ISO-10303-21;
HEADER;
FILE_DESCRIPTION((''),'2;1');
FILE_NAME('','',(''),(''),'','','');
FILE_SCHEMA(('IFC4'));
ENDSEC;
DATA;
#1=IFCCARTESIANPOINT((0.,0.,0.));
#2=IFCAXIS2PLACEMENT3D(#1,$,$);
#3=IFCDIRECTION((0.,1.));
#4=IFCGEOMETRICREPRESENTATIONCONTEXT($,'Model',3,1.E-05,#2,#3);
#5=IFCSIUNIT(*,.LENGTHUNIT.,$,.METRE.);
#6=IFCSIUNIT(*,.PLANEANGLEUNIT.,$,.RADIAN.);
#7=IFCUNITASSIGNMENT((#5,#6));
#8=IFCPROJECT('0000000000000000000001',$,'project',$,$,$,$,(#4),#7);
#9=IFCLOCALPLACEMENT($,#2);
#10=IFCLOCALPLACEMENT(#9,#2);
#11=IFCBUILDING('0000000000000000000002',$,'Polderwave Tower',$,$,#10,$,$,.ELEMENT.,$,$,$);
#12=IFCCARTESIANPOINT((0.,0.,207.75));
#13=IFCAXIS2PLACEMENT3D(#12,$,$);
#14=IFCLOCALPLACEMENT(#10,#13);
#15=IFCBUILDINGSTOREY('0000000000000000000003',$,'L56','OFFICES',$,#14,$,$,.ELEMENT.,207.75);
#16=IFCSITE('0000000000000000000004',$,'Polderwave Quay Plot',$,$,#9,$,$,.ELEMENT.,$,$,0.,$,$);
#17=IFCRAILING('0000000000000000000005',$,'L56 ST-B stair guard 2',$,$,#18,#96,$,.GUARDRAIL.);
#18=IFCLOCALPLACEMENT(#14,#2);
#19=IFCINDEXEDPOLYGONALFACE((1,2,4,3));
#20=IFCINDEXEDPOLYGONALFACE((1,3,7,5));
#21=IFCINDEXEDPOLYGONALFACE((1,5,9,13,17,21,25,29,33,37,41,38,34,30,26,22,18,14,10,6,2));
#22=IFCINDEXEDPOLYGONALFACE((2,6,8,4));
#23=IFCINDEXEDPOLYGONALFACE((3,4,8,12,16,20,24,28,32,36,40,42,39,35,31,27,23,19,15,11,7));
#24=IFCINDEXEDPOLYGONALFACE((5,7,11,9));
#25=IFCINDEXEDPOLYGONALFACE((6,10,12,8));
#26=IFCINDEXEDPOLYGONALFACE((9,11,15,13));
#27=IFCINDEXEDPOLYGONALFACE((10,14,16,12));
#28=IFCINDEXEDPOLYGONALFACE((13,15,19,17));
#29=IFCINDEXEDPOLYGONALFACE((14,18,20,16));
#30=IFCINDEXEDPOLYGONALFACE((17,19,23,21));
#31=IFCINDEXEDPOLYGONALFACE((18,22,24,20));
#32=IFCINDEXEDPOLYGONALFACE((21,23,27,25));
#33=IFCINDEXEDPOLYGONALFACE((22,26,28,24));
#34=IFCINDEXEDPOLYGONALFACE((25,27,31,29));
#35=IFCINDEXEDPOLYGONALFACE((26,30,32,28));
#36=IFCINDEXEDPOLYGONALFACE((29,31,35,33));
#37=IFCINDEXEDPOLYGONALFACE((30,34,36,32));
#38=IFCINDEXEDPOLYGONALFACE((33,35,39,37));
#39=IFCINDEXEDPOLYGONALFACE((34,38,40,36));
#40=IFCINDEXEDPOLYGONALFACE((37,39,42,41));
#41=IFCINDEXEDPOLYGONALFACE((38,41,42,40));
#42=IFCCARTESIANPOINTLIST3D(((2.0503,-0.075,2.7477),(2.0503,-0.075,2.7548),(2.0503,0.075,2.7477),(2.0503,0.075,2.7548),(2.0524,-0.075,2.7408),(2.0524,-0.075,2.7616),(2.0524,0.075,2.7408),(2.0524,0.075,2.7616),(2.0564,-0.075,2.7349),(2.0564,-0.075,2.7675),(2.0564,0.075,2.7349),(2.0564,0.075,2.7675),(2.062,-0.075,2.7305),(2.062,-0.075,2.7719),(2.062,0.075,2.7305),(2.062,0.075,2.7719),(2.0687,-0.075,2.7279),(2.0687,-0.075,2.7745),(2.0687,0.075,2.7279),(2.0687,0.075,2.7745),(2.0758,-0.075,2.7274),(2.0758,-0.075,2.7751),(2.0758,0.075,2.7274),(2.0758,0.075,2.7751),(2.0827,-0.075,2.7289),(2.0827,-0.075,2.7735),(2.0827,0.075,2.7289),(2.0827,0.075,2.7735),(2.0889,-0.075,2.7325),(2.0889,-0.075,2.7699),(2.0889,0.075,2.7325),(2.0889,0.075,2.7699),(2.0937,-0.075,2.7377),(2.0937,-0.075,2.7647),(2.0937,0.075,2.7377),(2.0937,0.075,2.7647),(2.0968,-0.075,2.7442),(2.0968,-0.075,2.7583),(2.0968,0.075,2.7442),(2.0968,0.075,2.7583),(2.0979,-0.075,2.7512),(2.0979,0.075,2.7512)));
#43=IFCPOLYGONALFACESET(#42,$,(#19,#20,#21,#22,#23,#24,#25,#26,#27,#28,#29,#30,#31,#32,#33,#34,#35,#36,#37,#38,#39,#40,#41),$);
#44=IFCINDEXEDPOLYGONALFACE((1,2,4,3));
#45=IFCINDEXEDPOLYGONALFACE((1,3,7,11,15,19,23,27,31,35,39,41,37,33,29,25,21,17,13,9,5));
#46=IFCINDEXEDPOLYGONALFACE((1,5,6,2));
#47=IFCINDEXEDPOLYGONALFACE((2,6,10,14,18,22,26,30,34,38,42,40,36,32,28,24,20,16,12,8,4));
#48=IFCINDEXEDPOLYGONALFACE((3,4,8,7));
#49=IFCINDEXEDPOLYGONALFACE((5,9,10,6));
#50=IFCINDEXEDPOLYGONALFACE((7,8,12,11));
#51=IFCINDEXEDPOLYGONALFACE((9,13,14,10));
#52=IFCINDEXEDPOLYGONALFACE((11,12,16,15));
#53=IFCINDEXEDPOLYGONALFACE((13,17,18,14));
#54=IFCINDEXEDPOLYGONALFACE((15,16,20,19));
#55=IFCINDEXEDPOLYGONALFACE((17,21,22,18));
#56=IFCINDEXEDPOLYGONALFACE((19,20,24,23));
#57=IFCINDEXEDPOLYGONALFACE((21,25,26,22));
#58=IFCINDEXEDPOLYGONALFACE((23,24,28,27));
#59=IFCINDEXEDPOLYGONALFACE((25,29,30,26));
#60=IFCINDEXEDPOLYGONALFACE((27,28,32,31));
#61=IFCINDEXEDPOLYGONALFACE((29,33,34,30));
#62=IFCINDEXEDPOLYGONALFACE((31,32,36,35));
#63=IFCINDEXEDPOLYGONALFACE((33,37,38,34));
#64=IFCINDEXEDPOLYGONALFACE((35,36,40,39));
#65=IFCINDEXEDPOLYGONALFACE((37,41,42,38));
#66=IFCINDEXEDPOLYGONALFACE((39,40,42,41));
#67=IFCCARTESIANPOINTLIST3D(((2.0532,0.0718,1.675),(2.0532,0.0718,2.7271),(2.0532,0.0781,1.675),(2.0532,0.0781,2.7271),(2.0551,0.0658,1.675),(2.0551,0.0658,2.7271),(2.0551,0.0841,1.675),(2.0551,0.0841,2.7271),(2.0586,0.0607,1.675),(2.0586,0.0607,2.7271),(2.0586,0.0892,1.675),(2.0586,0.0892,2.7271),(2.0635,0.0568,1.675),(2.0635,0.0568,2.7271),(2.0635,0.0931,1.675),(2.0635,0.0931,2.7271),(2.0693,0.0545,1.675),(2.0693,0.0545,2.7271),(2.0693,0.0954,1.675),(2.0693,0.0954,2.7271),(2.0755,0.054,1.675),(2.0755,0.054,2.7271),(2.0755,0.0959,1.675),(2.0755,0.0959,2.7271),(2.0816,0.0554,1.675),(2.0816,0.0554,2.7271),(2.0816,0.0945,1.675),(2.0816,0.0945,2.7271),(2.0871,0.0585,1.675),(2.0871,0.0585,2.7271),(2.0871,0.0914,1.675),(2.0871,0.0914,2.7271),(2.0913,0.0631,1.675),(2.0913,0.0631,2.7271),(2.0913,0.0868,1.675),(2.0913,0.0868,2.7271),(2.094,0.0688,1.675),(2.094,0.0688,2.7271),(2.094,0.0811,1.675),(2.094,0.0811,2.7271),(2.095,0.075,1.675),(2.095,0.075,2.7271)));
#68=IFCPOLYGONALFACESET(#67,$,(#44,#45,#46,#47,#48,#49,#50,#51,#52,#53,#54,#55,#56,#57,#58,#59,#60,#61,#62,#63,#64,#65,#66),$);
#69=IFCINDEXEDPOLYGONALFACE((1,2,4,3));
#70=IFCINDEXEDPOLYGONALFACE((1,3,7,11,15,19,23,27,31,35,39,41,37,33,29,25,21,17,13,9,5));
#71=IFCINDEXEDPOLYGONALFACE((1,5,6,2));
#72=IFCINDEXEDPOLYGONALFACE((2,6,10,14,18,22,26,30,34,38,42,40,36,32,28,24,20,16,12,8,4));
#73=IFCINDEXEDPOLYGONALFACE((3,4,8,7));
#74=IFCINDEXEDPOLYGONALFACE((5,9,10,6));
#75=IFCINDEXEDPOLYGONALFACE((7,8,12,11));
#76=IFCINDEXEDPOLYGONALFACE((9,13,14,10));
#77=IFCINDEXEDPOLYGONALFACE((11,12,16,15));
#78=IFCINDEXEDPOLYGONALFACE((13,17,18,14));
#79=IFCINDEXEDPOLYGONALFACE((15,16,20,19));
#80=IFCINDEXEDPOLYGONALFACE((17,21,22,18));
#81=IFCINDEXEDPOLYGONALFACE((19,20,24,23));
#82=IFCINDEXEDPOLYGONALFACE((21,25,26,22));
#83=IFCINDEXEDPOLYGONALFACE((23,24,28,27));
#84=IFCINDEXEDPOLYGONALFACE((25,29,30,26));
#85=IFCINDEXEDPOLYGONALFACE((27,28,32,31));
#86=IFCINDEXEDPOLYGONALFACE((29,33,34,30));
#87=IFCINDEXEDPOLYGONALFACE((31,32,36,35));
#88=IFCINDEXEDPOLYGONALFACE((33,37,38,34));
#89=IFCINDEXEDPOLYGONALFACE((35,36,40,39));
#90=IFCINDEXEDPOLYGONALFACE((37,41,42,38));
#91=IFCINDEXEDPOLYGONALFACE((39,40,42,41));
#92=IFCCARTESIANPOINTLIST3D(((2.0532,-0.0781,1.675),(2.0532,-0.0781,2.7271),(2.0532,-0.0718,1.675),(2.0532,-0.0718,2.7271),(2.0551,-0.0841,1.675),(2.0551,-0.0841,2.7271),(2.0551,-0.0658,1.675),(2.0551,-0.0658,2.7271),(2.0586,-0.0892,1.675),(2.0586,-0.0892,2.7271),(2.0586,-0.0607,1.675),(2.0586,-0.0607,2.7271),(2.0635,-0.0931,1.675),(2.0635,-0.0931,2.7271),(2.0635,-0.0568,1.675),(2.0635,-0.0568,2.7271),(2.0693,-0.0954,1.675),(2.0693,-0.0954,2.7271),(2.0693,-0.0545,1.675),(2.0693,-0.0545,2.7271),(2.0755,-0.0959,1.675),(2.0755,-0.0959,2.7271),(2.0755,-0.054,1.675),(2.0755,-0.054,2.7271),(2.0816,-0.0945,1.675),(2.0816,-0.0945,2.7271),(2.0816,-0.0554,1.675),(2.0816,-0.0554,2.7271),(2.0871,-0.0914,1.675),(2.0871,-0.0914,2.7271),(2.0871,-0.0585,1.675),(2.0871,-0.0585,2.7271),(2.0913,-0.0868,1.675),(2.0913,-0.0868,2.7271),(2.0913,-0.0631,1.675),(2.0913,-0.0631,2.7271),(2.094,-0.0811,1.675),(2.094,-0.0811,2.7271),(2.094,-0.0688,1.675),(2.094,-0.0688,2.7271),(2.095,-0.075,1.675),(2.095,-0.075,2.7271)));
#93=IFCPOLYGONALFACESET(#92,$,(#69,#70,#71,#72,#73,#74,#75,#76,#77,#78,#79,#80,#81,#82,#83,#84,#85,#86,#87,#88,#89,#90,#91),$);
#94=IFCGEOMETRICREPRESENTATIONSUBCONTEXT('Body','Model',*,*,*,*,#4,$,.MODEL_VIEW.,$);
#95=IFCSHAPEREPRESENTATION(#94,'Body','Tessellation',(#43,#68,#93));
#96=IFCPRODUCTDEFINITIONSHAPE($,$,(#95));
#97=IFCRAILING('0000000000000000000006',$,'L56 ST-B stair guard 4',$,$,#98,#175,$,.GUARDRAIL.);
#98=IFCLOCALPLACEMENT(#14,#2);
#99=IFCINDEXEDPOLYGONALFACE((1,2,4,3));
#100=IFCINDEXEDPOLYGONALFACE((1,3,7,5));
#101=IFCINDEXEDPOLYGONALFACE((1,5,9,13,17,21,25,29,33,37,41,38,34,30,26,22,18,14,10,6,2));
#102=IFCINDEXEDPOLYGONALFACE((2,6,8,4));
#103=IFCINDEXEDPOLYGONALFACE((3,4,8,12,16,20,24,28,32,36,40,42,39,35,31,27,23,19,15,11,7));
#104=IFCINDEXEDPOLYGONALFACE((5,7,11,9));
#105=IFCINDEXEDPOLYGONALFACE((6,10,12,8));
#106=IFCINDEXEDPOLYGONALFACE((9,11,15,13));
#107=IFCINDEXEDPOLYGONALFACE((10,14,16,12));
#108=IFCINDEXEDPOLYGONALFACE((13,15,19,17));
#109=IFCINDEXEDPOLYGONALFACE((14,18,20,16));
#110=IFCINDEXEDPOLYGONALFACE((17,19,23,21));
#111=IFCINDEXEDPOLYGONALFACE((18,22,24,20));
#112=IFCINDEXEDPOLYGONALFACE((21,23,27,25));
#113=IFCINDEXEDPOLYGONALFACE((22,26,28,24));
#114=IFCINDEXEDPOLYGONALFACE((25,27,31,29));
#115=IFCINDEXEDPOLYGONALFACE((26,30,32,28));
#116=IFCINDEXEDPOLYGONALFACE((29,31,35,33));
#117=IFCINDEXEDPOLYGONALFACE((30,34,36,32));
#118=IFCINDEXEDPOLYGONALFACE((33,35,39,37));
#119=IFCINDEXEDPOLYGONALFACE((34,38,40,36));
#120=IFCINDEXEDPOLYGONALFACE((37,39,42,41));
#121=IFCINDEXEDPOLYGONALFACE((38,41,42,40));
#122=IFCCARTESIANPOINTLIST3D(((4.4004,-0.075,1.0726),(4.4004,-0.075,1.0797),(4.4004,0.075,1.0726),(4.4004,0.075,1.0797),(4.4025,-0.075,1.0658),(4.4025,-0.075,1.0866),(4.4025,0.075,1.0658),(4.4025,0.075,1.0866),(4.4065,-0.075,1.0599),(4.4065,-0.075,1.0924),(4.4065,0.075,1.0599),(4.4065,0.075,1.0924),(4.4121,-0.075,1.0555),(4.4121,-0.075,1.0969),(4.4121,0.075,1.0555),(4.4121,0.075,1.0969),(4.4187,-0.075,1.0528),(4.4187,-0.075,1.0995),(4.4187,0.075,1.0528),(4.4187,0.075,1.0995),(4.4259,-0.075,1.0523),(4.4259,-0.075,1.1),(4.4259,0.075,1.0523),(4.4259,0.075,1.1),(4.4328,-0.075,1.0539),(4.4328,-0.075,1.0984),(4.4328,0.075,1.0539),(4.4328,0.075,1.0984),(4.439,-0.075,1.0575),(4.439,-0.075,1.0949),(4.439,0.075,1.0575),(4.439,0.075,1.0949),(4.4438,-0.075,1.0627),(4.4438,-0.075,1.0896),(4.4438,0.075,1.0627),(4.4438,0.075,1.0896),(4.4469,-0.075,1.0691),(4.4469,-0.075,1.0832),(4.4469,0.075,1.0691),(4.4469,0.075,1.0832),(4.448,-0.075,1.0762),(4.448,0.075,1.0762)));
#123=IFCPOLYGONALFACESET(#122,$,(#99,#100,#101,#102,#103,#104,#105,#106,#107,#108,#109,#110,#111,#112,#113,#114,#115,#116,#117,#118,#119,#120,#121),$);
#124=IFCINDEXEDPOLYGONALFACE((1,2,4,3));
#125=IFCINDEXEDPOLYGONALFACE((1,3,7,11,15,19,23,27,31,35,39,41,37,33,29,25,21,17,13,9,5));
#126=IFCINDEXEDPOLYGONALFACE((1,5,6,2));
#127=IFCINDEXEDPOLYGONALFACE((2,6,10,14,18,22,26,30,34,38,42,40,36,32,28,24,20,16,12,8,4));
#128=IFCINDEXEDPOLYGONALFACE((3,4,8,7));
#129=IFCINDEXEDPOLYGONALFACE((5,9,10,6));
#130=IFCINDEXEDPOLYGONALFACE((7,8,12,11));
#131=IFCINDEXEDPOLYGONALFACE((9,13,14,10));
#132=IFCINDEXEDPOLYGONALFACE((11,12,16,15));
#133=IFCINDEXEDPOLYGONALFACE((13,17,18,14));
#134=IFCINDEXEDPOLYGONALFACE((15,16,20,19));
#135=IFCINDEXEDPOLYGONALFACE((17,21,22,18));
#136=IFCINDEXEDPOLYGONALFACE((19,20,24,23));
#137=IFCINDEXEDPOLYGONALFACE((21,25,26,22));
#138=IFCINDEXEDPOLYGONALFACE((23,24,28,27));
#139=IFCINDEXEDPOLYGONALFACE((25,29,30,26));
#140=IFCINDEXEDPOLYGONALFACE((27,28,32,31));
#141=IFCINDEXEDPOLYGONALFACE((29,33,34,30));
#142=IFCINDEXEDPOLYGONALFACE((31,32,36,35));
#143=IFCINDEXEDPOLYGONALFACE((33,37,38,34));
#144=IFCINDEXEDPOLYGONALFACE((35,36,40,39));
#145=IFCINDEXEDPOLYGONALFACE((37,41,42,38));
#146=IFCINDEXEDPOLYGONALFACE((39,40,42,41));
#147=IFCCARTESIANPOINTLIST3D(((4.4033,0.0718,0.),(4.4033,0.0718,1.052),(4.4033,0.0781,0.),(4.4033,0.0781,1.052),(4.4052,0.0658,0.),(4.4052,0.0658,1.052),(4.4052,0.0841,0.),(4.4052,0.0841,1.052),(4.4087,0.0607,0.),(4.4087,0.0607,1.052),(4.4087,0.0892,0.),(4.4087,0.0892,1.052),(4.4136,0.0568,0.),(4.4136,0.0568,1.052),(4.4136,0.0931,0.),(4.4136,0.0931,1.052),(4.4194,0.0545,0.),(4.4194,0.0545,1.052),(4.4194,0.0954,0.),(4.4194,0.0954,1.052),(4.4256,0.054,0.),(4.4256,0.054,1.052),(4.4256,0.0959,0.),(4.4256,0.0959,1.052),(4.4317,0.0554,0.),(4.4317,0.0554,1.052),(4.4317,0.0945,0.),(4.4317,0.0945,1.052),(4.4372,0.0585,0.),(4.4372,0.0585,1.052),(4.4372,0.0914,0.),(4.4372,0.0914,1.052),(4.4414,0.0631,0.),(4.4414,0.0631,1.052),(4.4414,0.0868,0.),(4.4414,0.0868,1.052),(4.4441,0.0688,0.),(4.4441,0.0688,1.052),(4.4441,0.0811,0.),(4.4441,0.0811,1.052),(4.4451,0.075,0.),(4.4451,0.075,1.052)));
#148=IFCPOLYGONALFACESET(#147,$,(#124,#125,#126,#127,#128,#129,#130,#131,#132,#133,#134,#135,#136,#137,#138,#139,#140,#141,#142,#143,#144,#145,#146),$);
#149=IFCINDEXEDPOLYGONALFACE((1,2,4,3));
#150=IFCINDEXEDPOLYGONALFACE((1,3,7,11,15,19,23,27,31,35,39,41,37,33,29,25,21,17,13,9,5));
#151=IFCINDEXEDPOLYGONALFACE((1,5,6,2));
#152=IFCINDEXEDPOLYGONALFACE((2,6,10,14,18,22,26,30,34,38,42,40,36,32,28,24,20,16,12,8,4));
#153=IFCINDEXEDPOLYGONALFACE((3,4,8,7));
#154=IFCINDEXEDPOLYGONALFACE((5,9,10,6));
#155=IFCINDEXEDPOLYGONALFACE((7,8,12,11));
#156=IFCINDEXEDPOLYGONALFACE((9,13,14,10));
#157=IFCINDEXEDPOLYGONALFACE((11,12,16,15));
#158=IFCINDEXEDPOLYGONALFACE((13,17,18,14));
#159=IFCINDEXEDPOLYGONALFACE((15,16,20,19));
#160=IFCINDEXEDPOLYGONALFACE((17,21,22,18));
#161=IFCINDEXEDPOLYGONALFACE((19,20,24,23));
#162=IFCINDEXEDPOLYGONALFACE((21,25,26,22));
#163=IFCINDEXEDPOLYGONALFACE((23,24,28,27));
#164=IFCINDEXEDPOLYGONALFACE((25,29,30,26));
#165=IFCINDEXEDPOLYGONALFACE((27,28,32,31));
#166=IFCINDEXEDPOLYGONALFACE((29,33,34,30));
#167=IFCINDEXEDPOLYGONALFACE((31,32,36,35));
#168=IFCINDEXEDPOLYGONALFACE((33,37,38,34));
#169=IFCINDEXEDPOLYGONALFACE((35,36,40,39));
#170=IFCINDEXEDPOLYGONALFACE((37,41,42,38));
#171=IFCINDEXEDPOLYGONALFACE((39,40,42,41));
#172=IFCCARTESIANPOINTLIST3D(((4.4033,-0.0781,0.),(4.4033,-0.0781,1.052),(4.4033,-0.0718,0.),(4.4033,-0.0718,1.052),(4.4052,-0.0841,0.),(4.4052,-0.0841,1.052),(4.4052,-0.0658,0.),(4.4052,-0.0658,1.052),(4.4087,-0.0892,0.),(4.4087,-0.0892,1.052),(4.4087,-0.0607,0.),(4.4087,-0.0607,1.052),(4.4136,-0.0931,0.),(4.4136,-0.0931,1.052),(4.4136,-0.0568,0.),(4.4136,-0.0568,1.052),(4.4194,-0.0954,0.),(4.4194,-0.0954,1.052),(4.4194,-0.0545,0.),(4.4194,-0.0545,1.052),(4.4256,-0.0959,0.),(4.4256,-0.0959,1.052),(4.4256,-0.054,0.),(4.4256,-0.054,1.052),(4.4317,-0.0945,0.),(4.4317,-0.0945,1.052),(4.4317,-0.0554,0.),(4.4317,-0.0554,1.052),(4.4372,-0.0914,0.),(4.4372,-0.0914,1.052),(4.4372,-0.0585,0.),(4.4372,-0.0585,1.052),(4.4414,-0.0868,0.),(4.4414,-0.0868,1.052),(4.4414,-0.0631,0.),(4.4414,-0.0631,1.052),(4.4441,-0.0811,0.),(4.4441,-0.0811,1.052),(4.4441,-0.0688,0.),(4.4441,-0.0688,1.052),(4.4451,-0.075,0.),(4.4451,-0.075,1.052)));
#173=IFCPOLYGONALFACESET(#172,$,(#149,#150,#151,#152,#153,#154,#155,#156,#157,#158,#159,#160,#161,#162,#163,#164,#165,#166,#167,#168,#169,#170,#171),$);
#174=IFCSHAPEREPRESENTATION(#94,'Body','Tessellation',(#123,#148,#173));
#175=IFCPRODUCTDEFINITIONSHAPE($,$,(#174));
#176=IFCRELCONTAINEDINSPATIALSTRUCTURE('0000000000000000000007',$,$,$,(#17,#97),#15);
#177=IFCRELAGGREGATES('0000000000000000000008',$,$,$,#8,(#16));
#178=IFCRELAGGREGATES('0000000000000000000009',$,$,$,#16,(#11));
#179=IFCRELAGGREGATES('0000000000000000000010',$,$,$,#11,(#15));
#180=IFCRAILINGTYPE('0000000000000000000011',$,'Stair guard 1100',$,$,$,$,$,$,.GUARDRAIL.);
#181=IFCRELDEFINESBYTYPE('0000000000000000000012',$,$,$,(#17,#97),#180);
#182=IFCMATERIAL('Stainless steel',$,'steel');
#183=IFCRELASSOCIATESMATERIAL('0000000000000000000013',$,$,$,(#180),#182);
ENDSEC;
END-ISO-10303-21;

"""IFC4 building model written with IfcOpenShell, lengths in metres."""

from ifc_helpers import new_model, si_unit, direction, frame, origin, origin_2d, place, context, subcontext, project, spatial, circle, extrude, material, type_object, element, save


model = new_model("IFC4")

# Units and contexts
model_context = context("Model", 3, precision=1e-05, world=origin(), true_north=direction((0.0, 1.0)))
body_context = subcontext(model_context, "Body", "Model", "MODEL_VIEW")
ifc_project = project(units=[si_unit("LENGTHUNIT", "METRE"), si_unit("PLANEANGLEUNIT", "RADIAN")], contexts=[model_context])

# Site, building, storey
site_placement = place(None, origin())
site = spatial("IfcSite", under=ifc_project, at=site_placement, Name="Polderwave Quay Plot", CompositionType="ELEMENT", RefElevation=0.0)
building_placement = place(site_placement, origin())
building = spatial("IfcBuilding", under=site, at=building_placement, Name="Polderwave Tower", CompositionType="ELEMENT")
storey_placement = place(building_placement, frame((0.0, 0.0, 207.75)))
storey = spatial("IfcBuildingStorey", under=building, at=storey_placement, Name="L56", Description="OFFICES", CompositionType="ELEMENT", Elevation=207.75)

# Railings
ifc_material_1 = material(Name="Stainless steel", Category="steel")
railing_type_1 = type_object("IfcRailingType", Name="Stair guard 1100", PredefinedType="GUARDRAIL", material=ifc_material_1)
for number, where, name in (
    (1, (2.074, 0.075, 1.675), "L56 ST-B stair guard 2"),
    (2, (4.4241, 0.075, 0.0), "L56 ST-B stair guard 4"),
):
    element("IfcRailing", number, at=place(storey_placement, frame(where)), inside=storey, type_object=railing_type_1, Name=name, PredefinedType="GUARDRAIL", context=body_context, shape_type="SweptSolid", body=[
        extrude(circle(Radius=0.0239, at=origin_2d()), frame((0.0, 0.0, 1.0762), z_axis=(0.0, -1.0, 0.0), x_axis=(1.0, 0.0, 0.0)), (0.0, 0.0, 1.0), 0.1499),
        extrude(circle(Radius=0.021, at=origin_2d()), origin(), (0.0, 0.0, 1.0), 1.052),
        extrude(circle(Radius=0.021, at=origin_2d()), frame((0.0, -0.1499, 0.0)), (0.0, 0.0, 1.0), 1.052),
    ])

save(model, "model.ifc")
